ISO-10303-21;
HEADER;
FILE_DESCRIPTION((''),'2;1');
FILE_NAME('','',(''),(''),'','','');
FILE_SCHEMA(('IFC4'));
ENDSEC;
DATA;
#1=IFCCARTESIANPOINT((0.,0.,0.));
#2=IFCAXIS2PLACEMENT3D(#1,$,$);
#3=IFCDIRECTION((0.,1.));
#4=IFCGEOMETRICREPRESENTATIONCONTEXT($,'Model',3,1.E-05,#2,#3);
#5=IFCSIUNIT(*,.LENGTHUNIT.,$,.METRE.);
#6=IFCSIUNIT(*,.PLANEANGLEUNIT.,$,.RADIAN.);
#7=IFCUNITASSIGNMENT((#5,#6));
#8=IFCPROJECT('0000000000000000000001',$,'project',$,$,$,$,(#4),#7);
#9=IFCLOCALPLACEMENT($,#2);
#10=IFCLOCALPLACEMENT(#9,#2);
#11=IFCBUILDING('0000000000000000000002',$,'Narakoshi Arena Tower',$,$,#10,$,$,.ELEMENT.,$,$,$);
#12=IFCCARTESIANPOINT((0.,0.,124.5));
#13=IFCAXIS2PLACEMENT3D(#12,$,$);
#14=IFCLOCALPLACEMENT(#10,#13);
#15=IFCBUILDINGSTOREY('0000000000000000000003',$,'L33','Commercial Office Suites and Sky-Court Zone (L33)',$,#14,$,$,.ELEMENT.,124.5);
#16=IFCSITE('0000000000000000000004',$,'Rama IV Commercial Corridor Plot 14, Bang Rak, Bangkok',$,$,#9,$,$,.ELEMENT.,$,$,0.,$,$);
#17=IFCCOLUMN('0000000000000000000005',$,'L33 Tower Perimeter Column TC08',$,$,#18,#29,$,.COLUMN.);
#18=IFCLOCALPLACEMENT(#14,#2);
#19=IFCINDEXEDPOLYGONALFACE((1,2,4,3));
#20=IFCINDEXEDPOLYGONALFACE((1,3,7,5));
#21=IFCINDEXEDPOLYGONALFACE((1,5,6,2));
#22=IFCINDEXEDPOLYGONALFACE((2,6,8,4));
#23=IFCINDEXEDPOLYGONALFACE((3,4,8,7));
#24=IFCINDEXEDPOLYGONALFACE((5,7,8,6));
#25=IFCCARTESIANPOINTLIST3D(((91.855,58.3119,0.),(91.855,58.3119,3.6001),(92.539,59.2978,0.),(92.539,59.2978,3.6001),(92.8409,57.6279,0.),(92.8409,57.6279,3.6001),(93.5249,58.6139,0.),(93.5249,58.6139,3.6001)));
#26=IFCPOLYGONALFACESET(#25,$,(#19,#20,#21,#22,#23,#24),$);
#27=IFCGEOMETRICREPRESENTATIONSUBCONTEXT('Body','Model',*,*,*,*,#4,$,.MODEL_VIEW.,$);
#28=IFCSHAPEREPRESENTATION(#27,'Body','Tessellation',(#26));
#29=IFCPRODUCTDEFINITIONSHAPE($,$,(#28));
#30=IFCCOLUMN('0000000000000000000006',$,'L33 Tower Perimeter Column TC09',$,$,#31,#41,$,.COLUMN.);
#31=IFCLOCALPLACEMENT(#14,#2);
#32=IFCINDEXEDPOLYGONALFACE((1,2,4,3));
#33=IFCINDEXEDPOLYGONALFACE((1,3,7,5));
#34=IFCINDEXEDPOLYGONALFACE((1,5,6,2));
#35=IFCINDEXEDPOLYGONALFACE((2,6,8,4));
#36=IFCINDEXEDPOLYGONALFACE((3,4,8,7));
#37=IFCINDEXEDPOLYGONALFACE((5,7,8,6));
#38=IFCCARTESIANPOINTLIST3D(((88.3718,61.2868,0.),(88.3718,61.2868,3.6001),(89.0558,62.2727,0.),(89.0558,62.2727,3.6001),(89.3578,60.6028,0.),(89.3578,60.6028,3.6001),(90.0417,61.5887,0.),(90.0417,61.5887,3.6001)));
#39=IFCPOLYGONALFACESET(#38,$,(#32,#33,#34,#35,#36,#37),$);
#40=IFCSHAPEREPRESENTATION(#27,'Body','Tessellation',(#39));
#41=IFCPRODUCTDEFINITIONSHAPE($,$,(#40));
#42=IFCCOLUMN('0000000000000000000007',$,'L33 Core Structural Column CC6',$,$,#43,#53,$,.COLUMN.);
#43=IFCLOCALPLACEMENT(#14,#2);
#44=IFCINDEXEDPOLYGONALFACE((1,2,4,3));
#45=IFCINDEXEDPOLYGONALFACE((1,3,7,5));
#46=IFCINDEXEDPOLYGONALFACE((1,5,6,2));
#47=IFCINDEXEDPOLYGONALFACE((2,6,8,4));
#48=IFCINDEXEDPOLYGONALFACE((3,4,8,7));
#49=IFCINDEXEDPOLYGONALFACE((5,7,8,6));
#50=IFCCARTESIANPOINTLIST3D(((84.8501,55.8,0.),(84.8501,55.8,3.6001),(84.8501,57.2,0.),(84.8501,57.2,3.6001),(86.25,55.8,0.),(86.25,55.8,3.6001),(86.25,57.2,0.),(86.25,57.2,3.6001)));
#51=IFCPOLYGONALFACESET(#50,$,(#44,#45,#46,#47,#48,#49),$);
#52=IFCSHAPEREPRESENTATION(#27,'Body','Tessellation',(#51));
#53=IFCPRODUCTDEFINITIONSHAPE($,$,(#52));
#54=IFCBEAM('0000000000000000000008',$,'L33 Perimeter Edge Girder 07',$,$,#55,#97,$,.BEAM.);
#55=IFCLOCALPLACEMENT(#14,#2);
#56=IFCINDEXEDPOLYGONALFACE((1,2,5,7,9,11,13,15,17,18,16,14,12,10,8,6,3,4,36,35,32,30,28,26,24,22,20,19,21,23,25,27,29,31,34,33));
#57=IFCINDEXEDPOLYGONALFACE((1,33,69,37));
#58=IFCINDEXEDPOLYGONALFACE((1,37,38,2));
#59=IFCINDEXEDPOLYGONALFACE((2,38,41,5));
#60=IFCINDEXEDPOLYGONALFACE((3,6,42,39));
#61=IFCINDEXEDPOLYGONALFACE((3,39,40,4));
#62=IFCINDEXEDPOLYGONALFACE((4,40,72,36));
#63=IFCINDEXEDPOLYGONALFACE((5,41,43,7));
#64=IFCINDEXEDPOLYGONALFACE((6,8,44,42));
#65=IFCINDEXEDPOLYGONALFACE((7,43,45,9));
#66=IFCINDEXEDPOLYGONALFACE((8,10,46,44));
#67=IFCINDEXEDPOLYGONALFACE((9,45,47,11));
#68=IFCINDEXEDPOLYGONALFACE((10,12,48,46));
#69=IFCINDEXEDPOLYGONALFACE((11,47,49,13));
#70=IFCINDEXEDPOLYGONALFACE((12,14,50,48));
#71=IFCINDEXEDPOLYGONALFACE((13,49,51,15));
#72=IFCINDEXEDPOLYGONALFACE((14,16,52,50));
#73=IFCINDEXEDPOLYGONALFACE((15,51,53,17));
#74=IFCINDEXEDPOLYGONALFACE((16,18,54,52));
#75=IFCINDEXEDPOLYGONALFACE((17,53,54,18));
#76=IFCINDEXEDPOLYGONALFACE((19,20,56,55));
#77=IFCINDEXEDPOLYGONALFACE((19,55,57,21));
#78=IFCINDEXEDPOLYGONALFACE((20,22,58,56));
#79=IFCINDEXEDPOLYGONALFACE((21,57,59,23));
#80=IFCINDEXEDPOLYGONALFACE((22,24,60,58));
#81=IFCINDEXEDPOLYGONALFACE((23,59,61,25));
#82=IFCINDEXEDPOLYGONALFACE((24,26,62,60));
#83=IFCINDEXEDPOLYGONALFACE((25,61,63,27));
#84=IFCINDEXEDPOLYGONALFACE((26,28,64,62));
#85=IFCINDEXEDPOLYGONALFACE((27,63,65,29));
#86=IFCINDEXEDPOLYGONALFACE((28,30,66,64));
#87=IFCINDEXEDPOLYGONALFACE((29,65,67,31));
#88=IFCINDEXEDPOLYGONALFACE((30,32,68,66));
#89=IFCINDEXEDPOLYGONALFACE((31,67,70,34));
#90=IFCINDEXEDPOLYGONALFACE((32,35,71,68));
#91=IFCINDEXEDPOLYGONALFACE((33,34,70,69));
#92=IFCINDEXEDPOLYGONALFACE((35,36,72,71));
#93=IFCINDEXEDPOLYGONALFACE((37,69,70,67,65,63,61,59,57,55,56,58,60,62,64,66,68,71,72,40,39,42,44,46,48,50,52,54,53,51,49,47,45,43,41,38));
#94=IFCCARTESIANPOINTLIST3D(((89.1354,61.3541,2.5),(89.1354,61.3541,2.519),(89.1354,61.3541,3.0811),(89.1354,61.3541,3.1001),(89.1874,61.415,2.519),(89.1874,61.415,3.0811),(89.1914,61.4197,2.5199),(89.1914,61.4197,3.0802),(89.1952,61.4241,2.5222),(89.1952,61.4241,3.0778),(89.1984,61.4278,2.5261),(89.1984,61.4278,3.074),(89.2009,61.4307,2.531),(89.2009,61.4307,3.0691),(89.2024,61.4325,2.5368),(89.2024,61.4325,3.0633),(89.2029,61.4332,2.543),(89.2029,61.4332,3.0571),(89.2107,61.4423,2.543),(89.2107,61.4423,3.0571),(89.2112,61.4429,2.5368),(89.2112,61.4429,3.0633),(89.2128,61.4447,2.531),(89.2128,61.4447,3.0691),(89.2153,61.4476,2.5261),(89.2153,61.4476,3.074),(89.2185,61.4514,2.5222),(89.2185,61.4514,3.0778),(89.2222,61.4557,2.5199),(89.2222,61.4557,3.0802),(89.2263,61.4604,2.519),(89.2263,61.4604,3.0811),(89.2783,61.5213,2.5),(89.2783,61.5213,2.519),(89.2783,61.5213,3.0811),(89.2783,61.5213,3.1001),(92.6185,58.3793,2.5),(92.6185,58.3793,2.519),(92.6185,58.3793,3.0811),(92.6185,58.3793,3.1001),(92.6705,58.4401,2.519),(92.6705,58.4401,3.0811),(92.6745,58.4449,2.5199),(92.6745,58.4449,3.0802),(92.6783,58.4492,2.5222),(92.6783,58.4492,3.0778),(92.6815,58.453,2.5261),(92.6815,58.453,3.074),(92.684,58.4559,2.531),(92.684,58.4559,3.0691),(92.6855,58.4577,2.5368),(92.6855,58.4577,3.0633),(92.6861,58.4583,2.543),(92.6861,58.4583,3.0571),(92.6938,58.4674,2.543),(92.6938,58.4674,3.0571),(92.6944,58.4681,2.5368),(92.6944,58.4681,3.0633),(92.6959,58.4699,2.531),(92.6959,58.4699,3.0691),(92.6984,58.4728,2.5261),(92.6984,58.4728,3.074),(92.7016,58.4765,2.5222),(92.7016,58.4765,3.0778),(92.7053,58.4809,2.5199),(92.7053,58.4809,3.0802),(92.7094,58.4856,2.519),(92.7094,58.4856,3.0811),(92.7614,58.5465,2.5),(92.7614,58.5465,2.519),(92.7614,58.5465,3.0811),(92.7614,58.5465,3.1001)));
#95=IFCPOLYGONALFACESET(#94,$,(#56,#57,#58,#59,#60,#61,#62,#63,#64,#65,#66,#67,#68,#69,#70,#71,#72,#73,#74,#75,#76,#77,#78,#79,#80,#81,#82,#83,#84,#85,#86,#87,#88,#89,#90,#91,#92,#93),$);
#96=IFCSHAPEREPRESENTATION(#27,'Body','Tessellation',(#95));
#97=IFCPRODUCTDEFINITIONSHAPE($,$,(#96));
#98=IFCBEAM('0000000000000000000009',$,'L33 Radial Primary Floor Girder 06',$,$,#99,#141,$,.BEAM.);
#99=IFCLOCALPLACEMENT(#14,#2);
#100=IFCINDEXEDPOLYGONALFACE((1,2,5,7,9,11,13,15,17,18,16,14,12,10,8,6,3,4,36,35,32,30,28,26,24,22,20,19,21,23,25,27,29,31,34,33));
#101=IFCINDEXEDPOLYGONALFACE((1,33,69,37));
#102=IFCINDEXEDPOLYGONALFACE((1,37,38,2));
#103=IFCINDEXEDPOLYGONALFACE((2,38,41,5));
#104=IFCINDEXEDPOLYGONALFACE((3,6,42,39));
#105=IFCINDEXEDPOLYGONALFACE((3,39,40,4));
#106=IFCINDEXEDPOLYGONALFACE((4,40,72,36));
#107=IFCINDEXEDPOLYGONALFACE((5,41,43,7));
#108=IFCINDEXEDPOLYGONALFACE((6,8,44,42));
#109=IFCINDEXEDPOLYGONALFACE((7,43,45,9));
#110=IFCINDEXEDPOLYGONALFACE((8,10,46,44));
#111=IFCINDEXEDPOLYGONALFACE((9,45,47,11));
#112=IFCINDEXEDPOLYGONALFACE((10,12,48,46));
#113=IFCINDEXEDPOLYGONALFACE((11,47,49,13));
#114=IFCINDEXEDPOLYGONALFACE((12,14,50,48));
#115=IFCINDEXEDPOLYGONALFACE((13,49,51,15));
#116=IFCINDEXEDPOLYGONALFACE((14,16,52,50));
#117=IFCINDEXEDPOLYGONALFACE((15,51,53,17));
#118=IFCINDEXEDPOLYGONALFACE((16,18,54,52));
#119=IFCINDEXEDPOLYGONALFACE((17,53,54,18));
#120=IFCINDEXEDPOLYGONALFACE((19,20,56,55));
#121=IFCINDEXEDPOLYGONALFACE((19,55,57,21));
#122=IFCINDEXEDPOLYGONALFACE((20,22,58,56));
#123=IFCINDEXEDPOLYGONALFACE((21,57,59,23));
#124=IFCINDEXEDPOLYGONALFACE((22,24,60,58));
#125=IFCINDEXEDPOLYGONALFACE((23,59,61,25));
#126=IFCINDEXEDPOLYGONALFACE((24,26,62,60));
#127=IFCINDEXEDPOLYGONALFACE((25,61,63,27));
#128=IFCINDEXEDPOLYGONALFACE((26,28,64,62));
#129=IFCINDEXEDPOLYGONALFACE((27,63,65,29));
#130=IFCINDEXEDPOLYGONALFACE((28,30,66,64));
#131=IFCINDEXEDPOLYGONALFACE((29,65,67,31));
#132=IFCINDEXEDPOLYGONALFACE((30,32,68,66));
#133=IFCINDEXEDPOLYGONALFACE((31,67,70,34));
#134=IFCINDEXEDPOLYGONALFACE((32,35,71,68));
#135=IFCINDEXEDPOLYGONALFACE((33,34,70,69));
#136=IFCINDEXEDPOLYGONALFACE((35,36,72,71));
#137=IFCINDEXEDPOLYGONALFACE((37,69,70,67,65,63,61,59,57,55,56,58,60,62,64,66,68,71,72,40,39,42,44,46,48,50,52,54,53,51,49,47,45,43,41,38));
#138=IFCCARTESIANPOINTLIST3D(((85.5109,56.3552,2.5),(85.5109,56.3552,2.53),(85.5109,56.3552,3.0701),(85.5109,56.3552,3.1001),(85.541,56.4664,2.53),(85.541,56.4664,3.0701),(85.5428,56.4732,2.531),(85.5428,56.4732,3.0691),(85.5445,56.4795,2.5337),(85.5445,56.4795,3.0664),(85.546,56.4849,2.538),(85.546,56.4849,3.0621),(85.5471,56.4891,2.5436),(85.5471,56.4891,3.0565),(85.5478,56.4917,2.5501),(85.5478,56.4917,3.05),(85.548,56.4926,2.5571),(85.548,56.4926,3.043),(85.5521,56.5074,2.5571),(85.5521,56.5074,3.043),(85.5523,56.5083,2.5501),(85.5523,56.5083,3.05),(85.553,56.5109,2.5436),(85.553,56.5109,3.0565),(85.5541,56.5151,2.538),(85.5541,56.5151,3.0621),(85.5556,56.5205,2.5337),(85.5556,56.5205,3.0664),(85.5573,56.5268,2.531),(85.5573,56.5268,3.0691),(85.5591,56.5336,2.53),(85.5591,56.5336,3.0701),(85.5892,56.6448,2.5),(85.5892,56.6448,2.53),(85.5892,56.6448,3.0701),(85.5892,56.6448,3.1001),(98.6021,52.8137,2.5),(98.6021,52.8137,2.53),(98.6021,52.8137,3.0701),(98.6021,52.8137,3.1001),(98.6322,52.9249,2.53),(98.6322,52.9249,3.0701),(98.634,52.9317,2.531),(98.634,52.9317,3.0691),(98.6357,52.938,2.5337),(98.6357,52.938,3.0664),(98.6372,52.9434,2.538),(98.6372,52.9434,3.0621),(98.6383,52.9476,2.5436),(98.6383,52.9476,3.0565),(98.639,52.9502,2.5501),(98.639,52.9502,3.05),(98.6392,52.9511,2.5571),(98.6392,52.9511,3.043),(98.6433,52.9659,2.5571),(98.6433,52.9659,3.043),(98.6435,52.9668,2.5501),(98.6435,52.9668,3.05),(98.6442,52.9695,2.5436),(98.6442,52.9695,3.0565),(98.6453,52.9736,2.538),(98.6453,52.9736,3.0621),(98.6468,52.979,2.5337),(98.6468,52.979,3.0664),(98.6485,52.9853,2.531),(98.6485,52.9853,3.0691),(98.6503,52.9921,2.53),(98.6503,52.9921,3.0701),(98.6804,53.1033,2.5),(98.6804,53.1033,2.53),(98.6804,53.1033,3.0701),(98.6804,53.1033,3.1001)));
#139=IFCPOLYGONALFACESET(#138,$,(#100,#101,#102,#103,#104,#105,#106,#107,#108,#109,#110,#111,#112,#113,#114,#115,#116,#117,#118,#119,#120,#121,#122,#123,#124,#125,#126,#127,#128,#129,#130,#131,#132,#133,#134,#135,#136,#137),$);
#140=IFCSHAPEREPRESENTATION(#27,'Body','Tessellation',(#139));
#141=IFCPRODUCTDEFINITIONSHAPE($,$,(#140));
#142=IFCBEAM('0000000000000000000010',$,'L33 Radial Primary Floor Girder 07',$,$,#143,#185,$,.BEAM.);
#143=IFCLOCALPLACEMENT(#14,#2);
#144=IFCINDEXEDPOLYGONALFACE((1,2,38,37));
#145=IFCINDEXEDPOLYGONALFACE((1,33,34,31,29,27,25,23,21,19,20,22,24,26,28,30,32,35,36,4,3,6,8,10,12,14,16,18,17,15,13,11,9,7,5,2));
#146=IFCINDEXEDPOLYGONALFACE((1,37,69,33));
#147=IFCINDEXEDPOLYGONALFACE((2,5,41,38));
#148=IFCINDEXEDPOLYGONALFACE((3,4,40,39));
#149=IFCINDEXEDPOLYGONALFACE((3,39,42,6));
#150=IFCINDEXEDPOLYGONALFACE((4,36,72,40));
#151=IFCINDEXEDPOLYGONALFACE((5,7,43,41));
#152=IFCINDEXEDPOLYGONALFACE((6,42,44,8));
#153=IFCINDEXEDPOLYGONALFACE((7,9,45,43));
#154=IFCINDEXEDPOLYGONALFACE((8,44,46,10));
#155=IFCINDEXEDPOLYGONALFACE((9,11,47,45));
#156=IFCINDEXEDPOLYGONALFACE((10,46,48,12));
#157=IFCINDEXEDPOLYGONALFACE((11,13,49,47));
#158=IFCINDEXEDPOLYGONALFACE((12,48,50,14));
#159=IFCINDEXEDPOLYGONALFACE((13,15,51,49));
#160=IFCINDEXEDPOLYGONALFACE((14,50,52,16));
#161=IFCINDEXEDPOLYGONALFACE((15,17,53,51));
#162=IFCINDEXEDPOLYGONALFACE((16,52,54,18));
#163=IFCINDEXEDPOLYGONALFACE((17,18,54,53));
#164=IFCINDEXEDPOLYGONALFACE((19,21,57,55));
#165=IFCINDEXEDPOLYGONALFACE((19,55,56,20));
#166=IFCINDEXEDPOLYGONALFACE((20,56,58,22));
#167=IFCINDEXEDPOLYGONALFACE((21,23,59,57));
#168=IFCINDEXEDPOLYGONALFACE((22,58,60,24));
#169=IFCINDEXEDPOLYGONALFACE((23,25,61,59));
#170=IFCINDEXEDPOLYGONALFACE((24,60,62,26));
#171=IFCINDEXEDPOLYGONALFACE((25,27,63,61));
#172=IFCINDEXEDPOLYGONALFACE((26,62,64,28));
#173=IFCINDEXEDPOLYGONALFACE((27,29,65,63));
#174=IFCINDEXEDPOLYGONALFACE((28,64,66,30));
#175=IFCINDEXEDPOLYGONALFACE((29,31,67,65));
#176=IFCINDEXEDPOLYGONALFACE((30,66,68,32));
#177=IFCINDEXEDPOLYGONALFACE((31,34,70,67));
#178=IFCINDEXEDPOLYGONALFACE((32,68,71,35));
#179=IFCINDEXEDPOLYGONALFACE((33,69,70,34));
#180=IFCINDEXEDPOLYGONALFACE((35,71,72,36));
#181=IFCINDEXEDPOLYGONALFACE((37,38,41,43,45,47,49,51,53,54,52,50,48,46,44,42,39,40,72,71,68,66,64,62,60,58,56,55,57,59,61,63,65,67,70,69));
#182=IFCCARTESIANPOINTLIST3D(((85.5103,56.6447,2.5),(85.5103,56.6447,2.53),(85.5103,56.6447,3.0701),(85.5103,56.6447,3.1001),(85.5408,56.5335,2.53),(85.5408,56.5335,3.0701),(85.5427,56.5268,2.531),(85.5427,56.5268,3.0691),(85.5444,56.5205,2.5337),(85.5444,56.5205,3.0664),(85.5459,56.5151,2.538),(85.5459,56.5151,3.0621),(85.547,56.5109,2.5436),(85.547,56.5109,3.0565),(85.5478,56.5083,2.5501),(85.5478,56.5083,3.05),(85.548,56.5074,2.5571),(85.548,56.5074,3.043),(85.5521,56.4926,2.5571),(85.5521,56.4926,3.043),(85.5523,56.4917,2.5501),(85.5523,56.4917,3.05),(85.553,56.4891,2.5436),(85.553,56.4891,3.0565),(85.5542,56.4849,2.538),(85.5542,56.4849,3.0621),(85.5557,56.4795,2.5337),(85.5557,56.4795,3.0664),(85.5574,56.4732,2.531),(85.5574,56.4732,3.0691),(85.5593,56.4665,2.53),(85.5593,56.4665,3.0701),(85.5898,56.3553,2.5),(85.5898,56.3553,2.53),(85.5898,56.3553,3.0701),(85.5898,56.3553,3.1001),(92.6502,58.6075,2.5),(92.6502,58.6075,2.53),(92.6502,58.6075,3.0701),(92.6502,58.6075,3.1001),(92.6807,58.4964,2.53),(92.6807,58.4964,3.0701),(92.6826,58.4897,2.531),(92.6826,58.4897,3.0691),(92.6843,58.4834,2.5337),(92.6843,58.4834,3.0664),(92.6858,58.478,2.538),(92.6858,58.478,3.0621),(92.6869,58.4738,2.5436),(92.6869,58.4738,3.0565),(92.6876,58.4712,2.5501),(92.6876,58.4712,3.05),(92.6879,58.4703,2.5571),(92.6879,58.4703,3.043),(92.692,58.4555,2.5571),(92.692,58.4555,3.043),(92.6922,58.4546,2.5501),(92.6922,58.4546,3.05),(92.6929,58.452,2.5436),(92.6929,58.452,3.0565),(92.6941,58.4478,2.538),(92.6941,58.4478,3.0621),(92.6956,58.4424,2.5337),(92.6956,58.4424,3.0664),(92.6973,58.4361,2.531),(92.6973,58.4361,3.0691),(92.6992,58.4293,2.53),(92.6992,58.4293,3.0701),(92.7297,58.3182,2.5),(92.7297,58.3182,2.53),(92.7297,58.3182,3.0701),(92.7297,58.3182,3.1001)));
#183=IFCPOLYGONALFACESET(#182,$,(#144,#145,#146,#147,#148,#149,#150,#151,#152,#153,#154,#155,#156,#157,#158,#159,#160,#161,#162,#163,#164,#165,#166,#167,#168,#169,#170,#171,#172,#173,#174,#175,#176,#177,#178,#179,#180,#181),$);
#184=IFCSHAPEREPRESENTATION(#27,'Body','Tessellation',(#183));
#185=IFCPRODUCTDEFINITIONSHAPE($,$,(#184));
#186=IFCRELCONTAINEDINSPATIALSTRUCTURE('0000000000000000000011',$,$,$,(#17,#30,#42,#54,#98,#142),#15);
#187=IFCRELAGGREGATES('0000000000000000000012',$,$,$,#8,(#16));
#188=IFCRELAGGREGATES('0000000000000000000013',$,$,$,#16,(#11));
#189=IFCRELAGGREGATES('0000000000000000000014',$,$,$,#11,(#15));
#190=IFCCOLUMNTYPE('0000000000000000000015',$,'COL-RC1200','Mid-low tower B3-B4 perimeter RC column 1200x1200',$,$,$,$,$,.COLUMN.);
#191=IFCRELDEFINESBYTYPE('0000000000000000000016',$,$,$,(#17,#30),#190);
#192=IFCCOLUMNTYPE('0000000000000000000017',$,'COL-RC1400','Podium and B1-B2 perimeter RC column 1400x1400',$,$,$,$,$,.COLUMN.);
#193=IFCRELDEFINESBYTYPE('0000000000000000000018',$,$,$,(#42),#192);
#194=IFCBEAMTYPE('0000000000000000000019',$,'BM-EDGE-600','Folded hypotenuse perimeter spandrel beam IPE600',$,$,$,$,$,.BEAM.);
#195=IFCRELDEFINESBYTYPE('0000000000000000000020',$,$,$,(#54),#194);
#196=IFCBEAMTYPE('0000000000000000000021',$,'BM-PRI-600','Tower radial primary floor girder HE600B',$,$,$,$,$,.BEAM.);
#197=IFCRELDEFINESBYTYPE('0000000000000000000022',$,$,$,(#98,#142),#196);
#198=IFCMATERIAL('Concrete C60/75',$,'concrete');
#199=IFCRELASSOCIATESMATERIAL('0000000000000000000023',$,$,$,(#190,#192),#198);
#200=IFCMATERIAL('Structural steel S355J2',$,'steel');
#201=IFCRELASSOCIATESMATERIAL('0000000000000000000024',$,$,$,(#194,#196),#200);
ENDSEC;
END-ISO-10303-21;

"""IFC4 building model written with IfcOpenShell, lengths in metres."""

from ifc_helpers import new_model, si_unit, direction, frame, origin, origin_2d, place, context, subcontext, project, spatial, rectangle, i_section, extrude, material, material_profile, profile_set, type_object, element, save


model = new_model("IFC4")

# Units and contexts
model_context = context("Model", 3, precision=1e-05, world=origin(), true_north=direction((0.0, 1.0)))
body_context = subcontext(model_context, "Body", "Model", "MODEL_VIEW")
ifc_project = project(units=[si_unit("LENGTHUNIT", "METRE"), si_unit("PLANEANGLEUNIT", "RADIAN")], contexts=[model_context])

# Site, building, storey
site_placement = place(None, origin())
site = spatial("IfcSite", under=ifc_project, at=site_placement, Name="Rama IV Commercial Corridor Plot 14, Bang Rak, Bangkok", CompositionType="ELEMENT", RefElevation=0.0)
building_placement = place(site_placement, origin())
building = spatial("IfcBuilding", under=site, at=building_placement, Name="Narakoshi Arena Tower", CompositionType="ELEMENT")
storey_placement = place(building_placement, frame((0.0, 0.0, 124.5)))
storey = spatial("IfcBuildingStorey", under=building, at=storey_placement, Name="L33", Description="Commercial Office Suites and Sky-Court Zone (L33)", CompositionType="ELEMENT", Elevation=124.5)

# Columns
ifc_material_1 = material(Name="Concrete C60/75", Category="concrete")
ifc_material_profile_1 = material_profile(ifc_material_1, rectangle(XDim=1.2, YDim=1.2, at=origin_2d()), Name="RC1200x1200")
ifc_profile_set_1 = profile_set([ifc_material_profile_1], Name="Concrete C60/75")
column_type_1 = type_object("IfcColumnType", Name="COL-RC1200", Description="Mid-low tower B3-B4 perimeter RC column 1200x1200", PredefinedType="COLUMN", material=ifc_profile_set_1)
for number, where, z_axis, x_axis, name in (
    (1, (92.6899, 58.4629, 0.0), (0.0, 0.0, 1.0), (0.569997, 0.821647, 0.0), "L33 Tower Perimeter Column TC08"),
    (2, (89.2068, 61.4377, 0.0), (0.0, 0.0, 1.0), (0.569997, 0.821647, 0.0), "L33 Tower Perimeter Column TC09"),
):
    element("IfcColumn", number, at=place(storey_placement, frame(where, z_axis=z_axis, x_axis=x_axis)), inside=storey, type_object=column_type_1, Name=name, PredefinedType="COLUMN", context=body_context, shape_type="SweptSolid", body=[
        extrude(rectangle(XDim=1.2, YDim=1.2, at=origin_2d()), origin(), (0.0, 0.0, 1.0), 3.6001),
    ])
ifc_material_profile_2 = material_profile(ifc_material_1, rectangle(XDim=1.3999, YDim=1.3999, at=origin_2d()), Name="RC1400x1400")
ifc_profile_set_2 = profile_set([ifc_material_profile_2], Name="Concrete C60/75")
column_type_2 = type_object("IfcColumnType", Name="COL-RC1400", Description="Podium and B1-B2 perimeter RC column 1400x1400", PredefinedType="COLUMN", material=ifc_profile_set_2)
column_placement = place(storey_placement, frame((85.55, 56.5, 0.0), z_axis=(0.0, 0.0, 1.0), x_axis=(1.0, 0.0, 0.0)))
element("IfcColumn", 3, at=column_placement, inside=storey, type_object=column_type_2, Name="L33 Core Structural Column CC6", PredefinedType="COLUMN", context=body_context, shape_type="SweptSolid", body=[
    extrude(rectangle(XDim=1.3999, YDim=1.3999, at=origin_2d()), origin(), (0.0, 0.0, 1.0), 3.6001),
])

# Beams
ifc_material_2 = material(Name="Structural steel S355J2", Category="steel")
ifc_material_profile_3 = material_profile(ifc_material_2, i_section(OverallWidth=0.22, OverallDepth=0.6001, WebThickness=0.012, FlangeThickness=0.019, FilletRadius=0.0239, at=origin_2d()), Name="IPE600")
ifc_profile_set_3 = profile_set([ifc_material_profile_3], Name="Structural steel S355J2")
beam_type_1 = type_object("IfcBeamType", Name="BM-EDGE-600", Description="Folded hypotenuse perimeter spandrel beam IPE600", PredefinedType="BEAM", material=ifc_profile_set_3)
beam_1_placement = place(storey_placement, frame((92.6899, 58.4629, 2.8), z_axis=(-0.76041, 0.649443, 0.0), x_axis=(-0.649443, -0.76041, 0.0)))
element("IfcBeam", 4, at=beam_1_placement, inside=storey, type_object=beam_type_1, Name="L33 Perimeter Edge Girder 07", PredefinedType="BEAM", context=body_context, shape_type="SweptSolid", body=[
    extrude(i_section(OverallWidth=0.22, OverallDepth=0.6001, WebThickness=0.012, FlangeThickness=0.019, FilletRadius=0.0239, at=origin_2d()), origin(), (0.0, 0.0, 1.0), 4.5806),
])
ifc_material_profile_4 = material_profile(ifc_material_2, i_section(OverallWidth=0.3, OverallDepth=0.6001, WebThickness=0.0154, FlangeThickness=0.03, FilletRadius=0.0271, at=origin_2d()), Name="HE600B")
ifc_profile_set_4 = profile_set([ifc_material_profile_4], Name="Structural steel S355J2")
beam_type_2 = type_object("IfcBeamType", Name="BM-PRI-600", Description="Tower radial primary floor girder HE600B", PredefinedType="BEAM", material=ifc_profile_set_4)
beam_2_placement = place(storey_placement, frame((85.55, 56.5, 2.8), z_axis=(0.965302, -0.261137, 0.0), x_axis=(0.261137, 0.965302, 0.0)))
element("IfcBeam", 5, at=beam_2_placement, inside=storey, type_object=beam_type_2, Name="L33 Radial Primary Floor Girder 06", PredefinedType="BEAM", context=body_context, shape_type="SweptSolid", body=[
    extrude(i_section(OverallWidth=0.3, OverallDepth=0.6001, WebThickness=0.0154, FlangeThickness=0.03, FilletRadius=0.0271, at=origin_2d()), origin(), (0.0, 0.0, 1.0), 13.5618),
])
beam_3_placement = place(storey_placement, frame((85.55, 56.5, 2.8), z_axis=(0.964225, 0.265084, 0.0), x_axis=(-0.265084, 0.964225, 0.0)))
element("IfcBeam", 6, at=beam_3_placement, inside=storey, type_object=beam_type_2, Name="L33 Radial Primary Floor Girder 07", PredefinedType="BEAM", context=body_context, shape_type="SweptSolid", body=[
    extrude(i_section(OverallWidth=0.3, OverallDepth=0.6001, WebThickness=0.0154, FlangeThickness=0.03, FilletRadius=0.0271, at=origin_2d()), origin(), (0.0, 0.0, 1.0), 7.4048),
])

save(model, "model.ifc")
